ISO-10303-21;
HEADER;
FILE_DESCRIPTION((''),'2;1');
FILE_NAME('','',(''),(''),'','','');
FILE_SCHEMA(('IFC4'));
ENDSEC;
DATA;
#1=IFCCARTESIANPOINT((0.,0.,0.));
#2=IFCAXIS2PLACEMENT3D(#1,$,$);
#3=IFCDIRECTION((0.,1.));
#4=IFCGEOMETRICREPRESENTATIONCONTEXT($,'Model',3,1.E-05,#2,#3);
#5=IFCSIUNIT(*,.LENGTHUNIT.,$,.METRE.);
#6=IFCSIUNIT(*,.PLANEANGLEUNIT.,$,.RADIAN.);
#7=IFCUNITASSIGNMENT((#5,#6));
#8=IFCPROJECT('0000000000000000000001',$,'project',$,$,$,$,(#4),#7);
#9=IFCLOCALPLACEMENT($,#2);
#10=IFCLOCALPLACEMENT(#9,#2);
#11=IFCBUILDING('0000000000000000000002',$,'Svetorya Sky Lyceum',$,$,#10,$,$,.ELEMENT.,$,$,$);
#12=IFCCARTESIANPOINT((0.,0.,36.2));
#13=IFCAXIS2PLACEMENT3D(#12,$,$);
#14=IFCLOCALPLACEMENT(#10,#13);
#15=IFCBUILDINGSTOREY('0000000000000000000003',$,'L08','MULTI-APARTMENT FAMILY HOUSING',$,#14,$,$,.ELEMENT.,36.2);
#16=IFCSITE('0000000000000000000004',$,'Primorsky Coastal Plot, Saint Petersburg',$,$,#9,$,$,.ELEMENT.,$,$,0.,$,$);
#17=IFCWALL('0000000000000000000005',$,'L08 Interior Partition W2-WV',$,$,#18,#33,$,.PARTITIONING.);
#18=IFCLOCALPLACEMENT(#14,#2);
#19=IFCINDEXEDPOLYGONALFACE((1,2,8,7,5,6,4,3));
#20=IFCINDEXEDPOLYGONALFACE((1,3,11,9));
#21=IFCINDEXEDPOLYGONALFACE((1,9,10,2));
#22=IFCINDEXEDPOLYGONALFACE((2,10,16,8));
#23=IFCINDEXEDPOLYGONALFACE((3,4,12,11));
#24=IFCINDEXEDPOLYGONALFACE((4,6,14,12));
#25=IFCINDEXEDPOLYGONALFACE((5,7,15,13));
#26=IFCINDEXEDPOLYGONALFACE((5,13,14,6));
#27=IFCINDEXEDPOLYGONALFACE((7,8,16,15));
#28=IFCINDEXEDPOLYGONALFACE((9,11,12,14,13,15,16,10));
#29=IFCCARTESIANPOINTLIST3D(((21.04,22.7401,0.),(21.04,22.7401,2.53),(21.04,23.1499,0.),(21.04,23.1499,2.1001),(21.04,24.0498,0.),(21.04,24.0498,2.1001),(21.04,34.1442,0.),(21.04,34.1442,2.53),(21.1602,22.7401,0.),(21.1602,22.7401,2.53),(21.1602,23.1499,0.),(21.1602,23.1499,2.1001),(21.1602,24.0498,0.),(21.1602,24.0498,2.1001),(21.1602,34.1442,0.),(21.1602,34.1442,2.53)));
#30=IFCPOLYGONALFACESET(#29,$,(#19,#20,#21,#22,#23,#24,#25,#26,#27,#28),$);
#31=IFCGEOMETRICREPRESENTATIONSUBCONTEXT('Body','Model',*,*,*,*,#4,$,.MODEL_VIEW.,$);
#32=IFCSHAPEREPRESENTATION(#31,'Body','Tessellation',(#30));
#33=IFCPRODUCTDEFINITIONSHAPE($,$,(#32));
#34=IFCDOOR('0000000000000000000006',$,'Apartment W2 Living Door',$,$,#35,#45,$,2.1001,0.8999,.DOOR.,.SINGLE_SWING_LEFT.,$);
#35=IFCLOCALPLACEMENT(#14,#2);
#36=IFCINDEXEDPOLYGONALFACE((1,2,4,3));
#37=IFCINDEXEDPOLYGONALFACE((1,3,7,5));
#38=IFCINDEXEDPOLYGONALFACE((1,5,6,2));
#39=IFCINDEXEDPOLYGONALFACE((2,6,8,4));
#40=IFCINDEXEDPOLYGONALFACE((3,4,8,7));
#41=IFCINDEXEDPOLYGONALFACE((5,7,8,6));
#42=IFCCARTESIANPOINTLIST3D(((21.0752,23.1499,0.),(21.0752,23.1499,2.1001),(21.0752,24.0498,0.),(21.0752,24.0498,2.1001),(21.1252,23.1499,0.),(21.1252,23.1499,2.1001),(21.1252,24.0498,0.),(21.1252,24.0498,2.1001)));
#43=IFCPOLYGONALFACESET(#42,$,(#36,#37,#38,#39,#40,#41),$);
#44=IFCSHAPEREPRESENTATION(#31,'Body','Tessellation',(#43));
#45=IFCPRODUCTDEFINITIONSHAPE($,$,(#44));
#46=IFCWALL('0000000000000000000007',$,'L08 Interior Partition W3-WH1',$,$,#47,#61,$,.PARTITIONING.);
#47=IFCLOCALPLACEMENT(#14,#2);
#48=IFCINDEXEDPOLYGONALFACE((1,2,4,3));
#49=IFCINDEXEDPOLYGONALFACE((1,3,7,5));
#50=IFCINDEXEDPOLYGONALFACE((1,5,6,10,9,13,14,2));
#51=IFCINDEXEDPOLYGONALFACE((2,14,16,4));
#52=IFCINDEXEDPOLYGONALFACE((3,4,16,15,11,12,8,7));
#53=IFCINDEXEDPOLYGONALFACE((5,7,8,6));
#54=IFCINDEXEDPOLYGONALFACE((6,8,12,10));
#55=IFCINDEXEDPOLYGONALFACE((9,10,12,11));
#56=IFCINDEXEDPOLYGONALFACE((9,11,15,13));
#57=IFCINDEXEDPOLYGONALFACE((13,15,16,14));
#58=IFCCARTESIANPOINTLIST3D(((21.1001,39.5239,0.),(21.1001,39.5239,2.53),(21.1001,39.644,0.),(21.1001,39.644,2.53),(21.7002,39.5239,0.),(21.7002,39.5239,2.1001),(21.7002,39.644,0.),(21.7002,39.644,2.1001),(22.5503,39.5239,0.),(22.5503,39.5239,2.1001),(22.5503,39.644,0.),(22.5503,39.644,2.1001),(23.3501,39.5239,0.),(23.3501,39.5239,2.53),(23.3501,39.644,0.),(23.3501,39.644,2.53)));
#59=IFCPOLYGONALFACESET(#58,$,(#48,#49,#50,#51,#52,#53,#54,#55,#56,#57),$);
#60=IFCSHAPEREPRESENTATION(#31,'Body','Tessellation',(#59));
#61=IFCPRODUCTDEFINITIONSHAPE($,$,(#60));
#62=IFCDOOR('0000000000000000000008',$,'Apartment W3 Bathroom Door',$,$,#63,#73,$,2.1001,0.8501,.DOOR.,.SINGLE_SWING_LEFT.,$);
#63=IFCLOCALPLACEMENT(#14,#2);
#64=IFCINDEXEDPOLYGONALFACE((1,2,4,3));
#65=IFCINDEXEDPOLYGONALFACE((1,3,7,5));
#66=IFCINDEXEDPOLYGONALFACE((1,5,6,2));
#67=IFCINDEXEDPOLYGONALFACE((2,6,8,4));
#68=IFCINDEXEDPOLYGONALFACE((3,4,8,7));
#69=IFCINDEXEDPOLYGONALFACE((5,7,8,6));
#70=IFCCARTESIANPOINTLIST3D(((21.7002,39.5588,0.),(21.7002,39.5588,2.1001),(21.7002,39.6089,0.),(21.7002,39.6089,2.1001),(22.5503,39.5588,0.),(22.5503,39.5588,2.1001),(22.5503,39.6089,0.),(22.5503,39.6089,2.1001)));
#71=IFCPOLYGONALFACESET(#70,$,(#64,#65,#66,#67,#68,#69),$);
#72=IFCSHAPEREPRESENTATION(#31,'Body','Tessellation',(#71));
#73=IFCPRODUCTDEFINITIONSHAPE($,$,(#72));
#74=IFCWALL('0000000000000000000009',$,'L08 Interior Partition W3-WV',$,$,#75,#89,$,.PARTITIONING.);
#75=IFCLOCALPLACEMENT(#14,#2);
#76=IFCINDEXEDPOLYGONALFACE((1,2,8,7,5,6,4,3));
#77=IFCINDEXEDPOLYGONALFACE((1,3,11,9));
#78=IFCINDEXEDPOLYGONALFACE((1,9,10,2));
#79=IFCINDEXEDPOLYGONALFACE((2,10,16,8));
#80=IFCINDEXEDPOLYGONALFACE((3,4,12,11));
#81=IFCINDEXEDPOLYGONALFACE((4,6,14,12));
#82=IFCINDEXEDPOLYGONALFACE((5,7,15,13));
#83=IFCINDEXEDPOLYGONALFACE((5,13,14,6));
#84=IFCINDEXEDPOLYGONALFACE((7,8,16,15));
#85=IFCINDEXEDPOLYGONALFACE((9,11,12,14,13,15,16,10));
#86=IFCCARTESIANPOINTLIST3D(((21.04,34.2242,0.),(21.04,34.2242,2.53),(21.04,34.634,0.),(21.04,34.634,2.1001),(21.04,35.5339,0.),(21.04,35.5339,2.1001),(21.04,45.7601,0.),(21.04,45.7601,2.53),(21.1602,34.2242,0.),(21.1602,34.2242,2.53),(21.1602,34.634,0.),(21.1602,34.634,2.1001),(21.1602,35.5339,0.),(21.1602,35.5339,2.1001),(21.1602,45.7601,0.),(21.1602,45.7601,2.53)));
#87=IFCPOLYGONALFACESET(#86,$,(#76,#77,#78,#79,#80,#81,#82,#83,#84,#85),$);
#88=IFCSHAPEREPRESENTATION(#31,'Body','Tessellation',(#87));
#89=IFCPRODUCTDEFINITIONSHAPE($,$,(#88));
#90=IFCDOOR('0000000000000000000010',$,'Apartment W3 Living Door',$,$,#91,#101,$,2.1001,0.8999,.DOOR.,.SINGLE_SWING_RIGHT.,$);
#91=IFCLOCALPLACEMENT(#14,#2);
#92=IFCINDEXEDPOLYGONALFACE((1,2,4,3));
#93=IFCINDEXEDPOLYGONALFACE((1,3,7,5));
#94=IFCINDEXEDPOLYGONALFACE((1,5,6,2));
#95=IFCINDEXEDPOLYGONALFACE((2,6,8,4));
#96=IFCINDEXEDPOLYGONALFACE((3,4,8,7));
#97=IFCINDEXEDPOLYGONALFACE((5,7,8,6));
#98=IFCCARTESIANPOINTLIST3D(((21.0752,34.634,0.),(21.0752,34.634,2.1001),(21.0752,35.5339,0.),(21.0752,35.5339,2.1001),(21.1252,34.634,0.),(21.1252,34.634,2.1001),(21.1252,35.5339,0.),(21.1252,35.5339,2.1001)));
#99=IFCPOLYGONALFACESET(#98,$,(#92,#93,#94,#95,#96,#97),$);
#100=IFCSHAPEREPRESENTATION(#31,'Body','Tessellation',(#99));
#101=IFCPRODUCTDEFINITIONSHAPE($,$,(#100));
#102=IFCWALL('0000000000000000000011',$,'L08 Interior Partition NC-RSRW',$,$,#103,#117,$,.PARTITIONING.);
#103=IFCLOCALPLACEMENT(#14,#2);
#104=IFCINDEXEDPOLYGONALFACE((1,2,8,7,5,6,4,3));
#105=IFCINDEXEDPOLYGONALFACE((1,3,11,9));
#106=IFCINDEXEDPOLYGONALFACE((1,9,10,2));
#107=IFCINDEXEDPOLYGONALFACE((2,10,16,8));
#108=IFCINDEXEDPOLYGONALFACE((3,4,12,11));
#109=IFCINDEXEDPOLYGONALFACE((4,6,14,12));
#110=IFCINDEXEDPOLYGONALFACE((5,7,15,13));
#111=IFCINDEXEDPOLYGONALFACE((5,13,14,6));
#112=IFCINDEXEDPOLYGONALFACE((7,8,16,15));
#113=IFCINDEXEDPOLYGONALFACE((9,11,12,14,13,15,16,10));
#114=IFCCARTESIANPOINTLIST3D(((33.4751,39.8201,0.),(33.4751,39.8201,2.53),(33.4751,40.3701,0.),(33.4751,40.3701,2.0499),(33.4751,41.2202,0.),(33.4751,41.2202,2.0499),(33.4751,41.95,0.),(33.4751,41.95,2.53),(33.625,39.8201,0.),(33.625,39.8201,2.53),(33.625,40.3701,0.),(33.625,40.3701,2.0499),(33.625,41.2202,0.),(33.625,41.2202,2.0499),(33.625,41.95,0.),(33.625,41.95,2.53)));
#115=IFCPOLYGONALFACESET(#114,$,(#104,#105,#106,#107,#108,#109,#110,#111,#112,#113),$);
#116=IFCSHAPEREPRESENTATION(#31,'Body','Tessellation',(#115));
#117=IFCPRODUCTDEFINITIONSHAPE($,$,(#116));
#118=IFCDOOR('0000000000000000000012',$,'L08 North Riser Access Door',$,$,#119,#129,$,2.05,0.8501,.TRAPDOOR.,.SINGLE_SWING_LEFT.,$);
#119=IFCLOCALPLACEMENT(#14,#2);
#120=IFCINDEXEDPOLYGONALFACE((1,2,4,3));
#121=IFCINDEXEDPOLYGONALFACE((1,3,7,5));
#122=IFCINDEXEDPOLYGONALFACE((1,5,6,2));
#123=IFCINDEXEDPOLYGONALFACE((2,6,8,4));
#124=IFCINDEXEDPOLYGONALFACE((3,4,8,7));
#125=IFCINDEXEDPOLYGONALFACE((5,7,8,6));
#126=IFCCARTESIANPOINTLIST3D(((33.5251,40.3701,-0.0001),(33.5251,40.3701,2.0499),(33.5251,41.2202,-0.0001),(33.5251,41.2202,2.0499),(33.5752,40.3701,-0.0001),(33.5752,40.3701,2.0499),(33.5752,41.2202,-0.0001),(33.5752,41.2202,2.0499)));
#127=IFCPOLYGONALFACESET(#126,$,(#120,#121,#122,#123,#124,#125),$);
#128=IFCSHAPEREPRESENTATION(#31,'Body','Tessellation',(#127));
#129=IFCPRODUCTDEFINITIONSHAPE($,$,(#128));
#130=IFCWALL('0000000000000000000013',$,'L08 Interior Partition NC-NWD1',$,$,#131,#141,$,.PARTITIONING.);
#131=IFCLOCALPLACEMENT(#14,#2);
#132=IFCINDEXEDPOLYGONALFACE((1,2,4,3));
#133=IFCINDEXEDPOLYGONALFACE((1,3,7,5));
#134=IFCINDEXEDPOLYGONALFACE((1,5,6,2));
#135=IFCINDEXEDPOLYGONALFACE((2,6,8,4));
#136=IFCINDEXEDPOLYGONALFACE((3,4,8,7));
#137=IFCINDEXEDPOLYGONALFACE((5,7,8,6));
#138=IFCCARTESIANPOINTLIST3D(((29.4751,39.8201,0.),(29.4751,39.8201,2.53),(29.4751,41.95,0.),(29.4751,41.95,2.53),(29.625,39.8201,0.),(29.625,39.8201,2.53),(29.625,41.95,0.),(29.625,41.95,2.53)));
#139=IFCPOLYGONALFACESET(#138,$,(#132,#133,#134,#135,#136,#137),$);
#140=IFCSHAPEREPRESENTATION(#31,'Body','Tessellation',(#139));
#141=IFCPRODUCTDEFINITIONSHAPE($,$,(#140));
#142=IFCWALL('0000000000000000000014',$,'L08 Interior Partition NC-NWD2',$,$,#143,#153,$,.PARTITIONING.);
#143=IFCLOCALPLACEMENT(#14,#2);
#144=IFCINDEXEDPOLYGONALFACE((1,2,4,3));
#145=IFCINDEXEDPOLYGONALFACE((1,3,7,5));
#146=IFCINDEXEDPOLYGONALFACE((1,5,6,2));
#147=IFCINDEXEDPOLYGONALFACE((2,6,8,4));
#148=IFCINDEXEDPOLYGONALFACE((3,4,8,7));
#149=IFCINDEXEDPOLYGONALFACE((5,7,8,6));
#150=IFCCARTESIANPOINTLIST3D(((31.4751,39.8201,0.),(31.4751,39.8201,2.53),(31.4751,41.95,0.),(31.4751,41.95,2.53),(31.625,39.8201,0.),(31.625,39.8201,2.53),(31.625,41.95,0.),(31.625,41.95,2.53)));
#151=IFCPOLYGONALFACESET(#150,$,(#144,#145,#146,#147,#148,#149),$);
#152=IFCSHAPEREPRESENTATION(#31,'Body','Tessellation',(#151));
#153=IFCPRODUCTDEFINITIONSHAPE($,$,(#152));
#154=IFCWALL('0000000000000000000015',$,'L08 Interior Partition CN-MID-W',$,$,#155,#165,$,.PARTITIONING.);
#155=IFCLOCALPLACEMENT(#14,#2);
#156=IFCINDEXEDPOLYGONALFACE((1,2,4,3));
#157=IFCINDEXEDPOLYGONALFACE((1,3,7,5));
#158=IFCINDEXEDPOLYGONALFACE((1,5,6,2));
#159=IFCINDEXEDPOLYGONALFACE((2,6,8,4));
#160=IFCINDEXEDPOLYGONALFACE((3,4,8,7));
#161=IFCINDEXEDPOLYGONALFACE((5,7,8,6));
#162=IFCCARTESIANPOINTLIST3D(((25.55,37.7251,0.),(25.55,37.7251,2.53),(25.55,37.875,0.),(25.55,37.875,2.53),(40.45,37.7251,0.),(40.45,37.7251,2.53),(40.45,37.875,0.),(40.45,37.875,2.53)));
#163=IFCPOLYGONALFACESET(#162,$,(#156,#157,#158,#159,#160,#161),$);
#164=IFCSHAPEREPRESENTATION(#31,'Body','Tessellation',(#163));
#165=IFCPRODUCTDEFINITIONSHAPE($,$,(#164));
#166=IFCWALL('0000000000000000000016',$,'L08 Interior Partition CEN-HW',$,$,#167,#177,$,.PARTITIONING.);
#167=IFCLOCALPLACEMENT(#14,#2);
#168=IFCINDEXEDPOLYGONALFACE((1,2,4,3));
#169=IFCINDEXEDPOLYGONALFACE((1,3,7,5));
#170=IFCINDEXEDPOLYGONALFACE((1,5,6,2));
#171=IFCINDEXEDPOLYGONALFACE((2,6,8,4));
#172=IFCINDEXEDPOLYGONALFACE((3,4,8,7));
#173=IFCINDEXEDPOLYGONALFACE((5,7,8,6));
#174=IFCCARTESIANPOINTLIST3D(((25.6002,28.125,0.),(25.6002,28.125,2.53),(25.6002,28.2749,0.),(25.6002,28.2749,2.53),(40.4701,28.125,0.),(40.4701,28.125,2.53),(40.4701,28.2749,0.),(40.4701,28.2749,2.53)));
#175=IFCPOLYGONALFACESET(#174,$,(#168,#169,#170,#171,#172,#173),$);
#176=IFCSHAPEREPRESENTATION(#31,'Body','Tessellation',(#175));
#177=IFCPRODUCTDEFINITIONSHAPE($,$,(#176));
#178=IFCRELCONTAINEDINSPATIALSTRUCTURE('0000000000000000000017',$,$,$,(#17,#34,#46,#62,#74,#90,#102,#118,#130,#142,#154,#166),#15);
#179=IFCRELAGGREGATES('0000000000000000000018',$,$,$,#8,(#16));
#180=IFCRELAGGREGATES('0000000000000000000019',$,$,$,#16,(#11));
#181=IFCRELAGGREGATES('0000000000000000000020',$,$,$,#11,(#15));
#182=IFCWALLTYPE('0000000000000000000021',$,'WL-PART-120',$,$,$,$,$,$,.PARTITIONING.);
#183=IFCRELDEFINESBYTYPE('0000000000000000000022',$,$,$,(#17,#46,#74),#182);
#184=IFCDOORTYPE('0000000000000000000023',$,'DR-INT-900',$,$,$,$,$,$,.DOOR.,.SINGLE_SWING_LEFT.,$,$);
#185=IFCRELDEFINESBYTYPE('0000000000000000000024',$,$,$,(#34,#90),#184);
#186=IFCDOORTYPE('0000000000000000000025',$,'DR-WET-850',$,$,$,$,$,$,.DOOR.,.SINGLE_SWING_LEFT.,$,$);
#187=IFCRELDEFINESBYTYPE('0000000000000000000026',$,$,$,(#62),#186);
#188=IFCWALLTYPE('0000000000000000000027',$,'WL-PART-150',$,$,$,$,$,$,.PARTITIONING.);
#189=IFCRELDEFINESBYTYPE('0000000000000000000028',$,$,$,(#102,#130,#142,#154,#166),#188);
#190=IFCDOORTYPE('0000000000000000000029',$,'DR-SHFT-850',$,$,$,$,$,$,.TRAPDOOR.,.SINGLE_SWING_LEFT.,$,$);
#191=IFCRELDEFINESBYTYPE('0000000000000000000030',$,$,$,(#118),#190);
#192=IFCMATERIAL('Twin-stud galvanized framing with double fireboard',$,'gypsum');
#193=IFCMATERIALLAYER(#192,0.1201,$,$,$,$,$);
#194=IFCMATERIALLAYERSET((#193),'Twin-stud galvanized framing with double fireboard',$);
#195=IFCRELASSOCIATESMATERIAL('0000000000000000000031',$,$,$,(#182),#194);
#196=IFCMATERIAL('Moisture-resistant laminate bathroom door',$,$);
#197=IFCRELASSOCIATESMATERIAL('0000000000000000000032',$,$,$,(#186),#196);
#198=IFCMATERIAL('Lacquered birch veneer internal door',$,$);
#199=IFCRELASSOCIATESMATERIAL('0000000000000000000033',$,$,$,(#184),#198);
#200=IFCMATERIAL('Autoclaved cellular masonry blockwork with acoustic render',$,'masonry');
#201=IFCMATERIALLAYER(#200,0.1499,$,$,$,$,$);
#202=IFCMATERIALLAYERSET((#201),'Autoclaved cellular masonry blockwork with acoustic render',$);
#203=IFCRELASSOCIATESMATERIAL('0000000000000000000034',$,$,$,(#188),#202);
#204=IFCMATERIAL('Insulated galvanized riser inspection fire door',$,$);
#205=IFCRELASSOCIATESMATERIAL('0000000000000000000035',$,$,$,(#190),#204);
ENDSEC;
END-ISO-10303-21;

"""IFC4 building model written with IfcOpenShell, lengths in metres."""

from ifc_helpers import new_model, si_unit, direction, frame, frame_2d, origin, place, context, subcontext, project, spatial, rectangle, extrude, material, layer, layer_set, type_object, element, fill, save


model = new_model("IFC4")

# Units and contexts
model_context = context("Model", 3, precision=1e-05, world=origin(), true_north=direction((0.0, 1.0)))
body_context = subcontext(model_context, "Body", "Model", "MODEL_VIEW")
ifc_project = project(units=[si_unit("LENGTHUNIT", "METRE"), si_unit("PLANEANGLEUNIT", "RADIAN")], contexts=[model_context])

# Site, building, storey
site_placement = place(None, origin())
site = spatial("IfcSite", under=ifc_project, at=site_placement, Name="Primorsky Coastal Plot, Saint Petersburg", CompositionType="ELEMENT", RefElevation=0.0)
building_placement = place(site_placement, origin())
building = spatial("IfcBuilding", under=site, at=building_placement, Name="Svetorya Sky Lyceum", CompositionType="ELEMENT")
storey_placement = place(building_placement, frame((0.0, 0.0, 36.2)))
storey = spatial("IfcBuildingStorey", under=building, at=storey_placement, Name="L08", Description="MULTI-APARTMENT FAMILY HOUSING", CompositionType="ELEMENT", Elevation=36.2)

# Walls, openings, doors
ifc_material_1 = material(Name="Twin-stud galvanized framing with double fireboard", Category="gypsum")
ifc_layer_1 = layer(ifc_material_1, 0.1201)
ifc_layer_set_1 = layer_set([ifc_layer_1], Name="Twin-stud galvanized framing with double fireboard")
wall_type_1 = type_object("IfcWallType", Name="WL-PART-120", PredefinedType="PARTITIONING", material=ifc_layer_set_1)
ifc_material_2 = material(Name="Moisture-resistant laminate bathroom door")
door_type_1 = type_object("IfcDoorType", Name="DR-WET-850", OperationType="SINGLE_SWING_LEFT", PredefinedType="DOOR", material=ifc_material_2)
wall_1_placement = place(storey_placement, frame((21.1001, 22.74, 0.0), z_axis=(0.0, 0.0, 1.0), x_axis=(0.0, 1.0, 0.0)))
wall_1 = element("IfcWall", 1, at=wall_1_placement, inside=storey, type_object=wall_type_1, Name="L08 Interior Partition W2-WV", PredefinedType="PARTITIONING", context=body_context, shape_type="SweptSolid", body=[
    extrude(rectangle(XDim=11.4041, YDim=0.1201, at=frame_2d((5.7021, 0.0))), origin(), (0.0, 0.0, 1.0), 2.53),
])
opening_1_placement = place(wall_1_placement, frame((0.4099, 0.0, 0.0)))
opening_1 = element("IfcOpeningElement", 2, at=opening_1_placement, cuts=wall_1, PredefinedType="OPENING", context=body_context, shape_type="SweptSolid", body=[
    extrude(rectangle(XDim=0.8999, YDim=2.1001, at=frame_2d((0.45, 1.05))), frame((0.0, 0.0701, 0.0), z_axis=(0.0, -1.0, 0.0), x_axis=(1.0, 0.0, 0.0)), (0.0, 0.0, 1.0), 0.1401),
])
ifc_material_3 = material(Name="Lacquered birch veneer internal door")
door_type_2 = type_object("IfcDoorType", Name="DR-INT-900", OperationType="SINGLE_SWING_LEFT", PredefinedType="DOOR", material=ifc_material_3)
door_1_placement = place(opening_1_placement, origin())
door_1 = element("IfcDoor", 3, at=door_1_placement, inside=storey, type_object=door_type_2, Name="Apartment W2 Living Door", OperationType="SINGLE_SWING_LEFT", OverallHeight=2.1001, OverallWidth=0.8999, PredefinedType="DOOR", context=body_context, shape_type="SweptSolid", body=[
    extrude(rectangle(XDim=0.8999, YDim=2.1001, at=frame_2d((0.45, 1.05))), frame((0.0, 0.0249, 0.0), z_axis=(0.0, -1.0, 0.0), x_axis=(1.0, 0.0, 0.0)), (0.0, 0.0, 1.0), 0.05),
])
fill(opening_1, door_1)
wall_2_placement = place(storey_placement, frame((21.1001, 39.584, 0.0), z_axis=(0.0, 0.0, 1.0), x_axis=(1.0, 0.0, 0.0)))
wall_2 = element("IfcWall", 4, at=wall_2_placement, inside=storey, type_object=wall_type_1, Name="L08 Interior Partition W3-WH1", PredefinedType="PARTITIONING", context=body_context, shape_type="SweptSolid", body=[
    extrude(rectangle(XDim=2.25, YDim=0.1201, at=frame_2d((1.125, 0.0))), origin(), (0.0, 0.0, 1.0), 2.53),
])
opening_2_placement = place(wall_2_placement, frame((0.6001, 0.0, 0.0)))
opening_2 = element("IfcOpeningElement", 5, at=opening_2_placement, cuts=wall_2, PredefinedType="OPENING", context=body_context, shape_type="SweptSolid", body=[
    extrude(rectangle(XDim=0.8501, YDim=2.1001, at=frame_2d((0.425, 1.05))), frame((0.0, 0.0701, 0.0), z_axis=(0.0, -1.0, 0.0), x_axis=(1.0, 0.0, 0.0)), (0.0, 0.0, 1.0), 0.1401),
])
door_2_placement = place(opening_2_placement, origin())
door_2 = element("IfcDoor", 6, at=door_2_placement, inside=storey, type_object=door_type_1, Name="Apartment W3 Bathroom Door", OperationType="SINGLE_SWING_LEFT", OverallHeight=2.1001, OverallWidth=0.8501, PredefinedType="DOOR", context=body_context, shape_type="SweptSolid", body=[
    extrude(rectangle(XDim=0.8501, YDim=2.1001, at=frame_2d((0.425, 1.05))), frame((0.0, 0.0249, 0.0), z_axis=(0.0, -1.0, 0.0), x_axis=(1.0, 0.0, 0.0)), (0.0, 0.0, 1.0), 0.05),
])
fill(opening_2, door_2)
wall_3_placement = place(storey_placement, frame((21.1001, 34.2241, 0.0), z_axis=(0.0, 0.0, 1.0), x_axis=(0.0, 1.0, 0.0)))
wall_3 = element("IfcWall", 7, at=wall_3_placement, inside=storey, type_object=wall_type_1, Name="L08 Interior Partition W3-WV", PredefinedType="PARTITIONING", context=body_context, shape_type="SweptSolid", body=[
    extrude(rectangle(XDim=11.5359, YDim=0.1201, at=frame_2d((5.7681, 0.0))), origin(), (0.0, 0.0, 1.0), 2.53),
])
opening_3_placement = place(wall_3_placement, frame((0.4099, 0.0, 0.0)))
opening_3 = element("IfcOpeningElement", 8, at=opening_3_placement, cuts=wall_3, PredefinedType="OPENING", context=body_context, shape_type="SweptSolid", body=[
    extrude(rectangle(XDim=0.8999, YDim=2.1001, at=frame_2d((0.45, 1.05))), frame((0.0, 0.0701, 0.0), z_axis=(0.0, -1.0, 0.0), x_axis=(1.0, 0.0, 0.0)), (0.0, 0.0, 1.0), 0.1401),
])
door_3_placement = place(opening_3_placement, origin())
door_3 = element("IfcDoor", 9, at=door_3_placement, inside=storey, type_object=door_type_2, Name="Apartment W3 Living Door", OperationType="SINGLE_SWING_RIGHT", OverallHeight=2.1001, OverallWidth=0.8999, PredefinedType="DOOR", context=body_context, shape_type="SweptSolid", body=[
    extrude(rectangle(XDim=0.8999, YDim=2.1001, at=frame_2d((0.45, 1.05))), frame((0.0, 0.0249, 0.0), z_axis=(0.0, -1.0, 0.0), x_axis=(1.0, 0.0, 0.0)), (0.0, 0.0, 1.0), 0.05),
])
fill(opening_3, door_3)
ifc_material_4 = material(Name="Autoclaved cellular masonry blockwork with acoustic render", Category="masonry")
ifc_layer_2 = layer(ifc_material_4, 0.1499)
ifc_layer_set_2 = layer_set([ifc_layer_2], Name="Autoclaved cellular masonry blockwork with acoustic render")
wall_type_2 = type_object("IfcWallType", Name="WL-PART-150", PredefinedType="PARTITIONING", material=ifc_layer_set_2)
wall_4_placement = place(storey_placement, frame((33.55, 39.8201, 0.0), z_axis=(0.0, 0.0, 1.0), x_axis=(0.0, 1.0, 0.0)))
wall_4 = element("IfcWall", 10, at=wall_4_placement, inside=storey, type_object=wall_type_2, Name="L08 Interior Partition NC-RSRW", PredefinedType="PARTITIONING", context=body_context, shape_type="SweptSolid", body=[
    extrude(rectangle(XDim=2.1299, YDim=0.1499, at=frame_2d((1.0649, 0.0))), origin(), (0.0, 0.0, 1.0), 2.53),
])
opening_4_placement = place(wall_4_placement, frame((0.55, 0.0, 0.0)))
opening_4 = element("IfcOpeningElement", 11, at=opening_4_placement, cuts=wall_4, PredefinedType="OPENING", context=body_context, shape_type="SweptSolid", body=[
    extrude(rectangle(XDim=0.8501, YDim=2.05, at=frame_2d((0.425, 1.0249))), frame((0.0, 0.085, 0.0), z_axis=(0.0, -1.0, 0.0), x_axis=(1.0, 0.0, 0.0)), (0.0, 0.0, 1.0), 0.1699),
])
ifc_material_5 = material(Name="Insulated galvanized riser inspection fire door")
door_type_3 = type_object("IfcDoorType", Name="DR-SHFT-850", OperationType="SINGLE_SWING_LEFT", PredefinedType="TRAPDOOR", material=ifc_material_5)
door_4_placement = place(opening_4_placement, origin())
door_4 = element("IfcDoor", 12, at=door_4_placement, inside=storey, type_object=door_type_3, Name="L08 North Riser Access Door", OperationType="SINGLE_SWING_LEFT", OverallHeight=2.05, OverallWidth=0.8501, PredefinedType="TRAPDOOR", context=body_context, shape_type="SweptSolid", body=[
    extrude(rectangle(XDim=0.8501, YDim=2.05, at=frame_2d((0.425, 1.0249))), frame((0.0, 0.0249, 0.0), z_axis=(0.0, -1.0, 0.0), x_axis=(1.0, 0.0, 0.0)), (0.0, 0.0, 1.0), 0.05),
])
fill(opening_4, door_4)

# Walls
for number, where, z_axis, x_axis, name in (
    (13, (29.55, 39.8201, 0.0), (0.0, 0.0, 1.0), (0.0, 1.0, 0.0), "L08 Interior Partition NC-NWD1"),
    (14, (31.55, 39.8201, 0.0), (0.0, 0.0, 1.0), (0.0, 1.0, 0.0), "L08 Interior Partition NC-NWD2"),
):
    element("IfcWall", number, at=place(storey_placement, frame(where, z_axis=z_axis, x_axis=x_axis)), inside=storey, type_object=wall_type_2, Name=name, PredefinedType="PARTITIONING", context=body_context, shape_type="SweptSolid", body=[
        extrude(rectangle(XDim=2.1299, YDim=0.1499, at=frame_2d((1.0649, 0.0))), origin(), (0.0, 0.0, 1.0), 2.53),
    ])
wall_5_placement = place(storey_placement, frame((25.55, 37.8, 0.0), z_axis=(0.0, 0.0, 1.0), x_axis=(1.0, 0.0, 0.0)))
element("IfcWall", 15, at=wall_5_placement, inside=storey, type_object=wall_type_2, Name="L08 Interior Partition CN-MID-W", PredefinedType="PARTITIONING", context=body_context, shape_type="SweptSolid", body=[
    extrude(rectangle(XDim=14.8999, YDim=0.1499, at=frame_2d((7.45, 0.0))), origin(), (0.0, 0.0, 1.0), 2.53),
])
wall_6_placement = place(storey_placement, frame((25.6001, 28.2, 0.0), z_axis=(0.0, 0.0, 1.0), x_axis=(1.0, 0.0, 0.0)))
element("IfcWall", 16, at=wall_6_placement, inside=storey, type_object=wall_type_2, Name="L08 Interior Partition CEN-HW", PredefinedType="PARTITIONING", context=body_context, shape_type="SweptSolid", body=[
    extrude(rectangle(XDim=14.8699, YDim=0.1499, at=frame_2d((7.4351, 0.0))), origin(), (0.0, 0.0, 1.0), 2.53),
])

save(model, "model.ifc")
